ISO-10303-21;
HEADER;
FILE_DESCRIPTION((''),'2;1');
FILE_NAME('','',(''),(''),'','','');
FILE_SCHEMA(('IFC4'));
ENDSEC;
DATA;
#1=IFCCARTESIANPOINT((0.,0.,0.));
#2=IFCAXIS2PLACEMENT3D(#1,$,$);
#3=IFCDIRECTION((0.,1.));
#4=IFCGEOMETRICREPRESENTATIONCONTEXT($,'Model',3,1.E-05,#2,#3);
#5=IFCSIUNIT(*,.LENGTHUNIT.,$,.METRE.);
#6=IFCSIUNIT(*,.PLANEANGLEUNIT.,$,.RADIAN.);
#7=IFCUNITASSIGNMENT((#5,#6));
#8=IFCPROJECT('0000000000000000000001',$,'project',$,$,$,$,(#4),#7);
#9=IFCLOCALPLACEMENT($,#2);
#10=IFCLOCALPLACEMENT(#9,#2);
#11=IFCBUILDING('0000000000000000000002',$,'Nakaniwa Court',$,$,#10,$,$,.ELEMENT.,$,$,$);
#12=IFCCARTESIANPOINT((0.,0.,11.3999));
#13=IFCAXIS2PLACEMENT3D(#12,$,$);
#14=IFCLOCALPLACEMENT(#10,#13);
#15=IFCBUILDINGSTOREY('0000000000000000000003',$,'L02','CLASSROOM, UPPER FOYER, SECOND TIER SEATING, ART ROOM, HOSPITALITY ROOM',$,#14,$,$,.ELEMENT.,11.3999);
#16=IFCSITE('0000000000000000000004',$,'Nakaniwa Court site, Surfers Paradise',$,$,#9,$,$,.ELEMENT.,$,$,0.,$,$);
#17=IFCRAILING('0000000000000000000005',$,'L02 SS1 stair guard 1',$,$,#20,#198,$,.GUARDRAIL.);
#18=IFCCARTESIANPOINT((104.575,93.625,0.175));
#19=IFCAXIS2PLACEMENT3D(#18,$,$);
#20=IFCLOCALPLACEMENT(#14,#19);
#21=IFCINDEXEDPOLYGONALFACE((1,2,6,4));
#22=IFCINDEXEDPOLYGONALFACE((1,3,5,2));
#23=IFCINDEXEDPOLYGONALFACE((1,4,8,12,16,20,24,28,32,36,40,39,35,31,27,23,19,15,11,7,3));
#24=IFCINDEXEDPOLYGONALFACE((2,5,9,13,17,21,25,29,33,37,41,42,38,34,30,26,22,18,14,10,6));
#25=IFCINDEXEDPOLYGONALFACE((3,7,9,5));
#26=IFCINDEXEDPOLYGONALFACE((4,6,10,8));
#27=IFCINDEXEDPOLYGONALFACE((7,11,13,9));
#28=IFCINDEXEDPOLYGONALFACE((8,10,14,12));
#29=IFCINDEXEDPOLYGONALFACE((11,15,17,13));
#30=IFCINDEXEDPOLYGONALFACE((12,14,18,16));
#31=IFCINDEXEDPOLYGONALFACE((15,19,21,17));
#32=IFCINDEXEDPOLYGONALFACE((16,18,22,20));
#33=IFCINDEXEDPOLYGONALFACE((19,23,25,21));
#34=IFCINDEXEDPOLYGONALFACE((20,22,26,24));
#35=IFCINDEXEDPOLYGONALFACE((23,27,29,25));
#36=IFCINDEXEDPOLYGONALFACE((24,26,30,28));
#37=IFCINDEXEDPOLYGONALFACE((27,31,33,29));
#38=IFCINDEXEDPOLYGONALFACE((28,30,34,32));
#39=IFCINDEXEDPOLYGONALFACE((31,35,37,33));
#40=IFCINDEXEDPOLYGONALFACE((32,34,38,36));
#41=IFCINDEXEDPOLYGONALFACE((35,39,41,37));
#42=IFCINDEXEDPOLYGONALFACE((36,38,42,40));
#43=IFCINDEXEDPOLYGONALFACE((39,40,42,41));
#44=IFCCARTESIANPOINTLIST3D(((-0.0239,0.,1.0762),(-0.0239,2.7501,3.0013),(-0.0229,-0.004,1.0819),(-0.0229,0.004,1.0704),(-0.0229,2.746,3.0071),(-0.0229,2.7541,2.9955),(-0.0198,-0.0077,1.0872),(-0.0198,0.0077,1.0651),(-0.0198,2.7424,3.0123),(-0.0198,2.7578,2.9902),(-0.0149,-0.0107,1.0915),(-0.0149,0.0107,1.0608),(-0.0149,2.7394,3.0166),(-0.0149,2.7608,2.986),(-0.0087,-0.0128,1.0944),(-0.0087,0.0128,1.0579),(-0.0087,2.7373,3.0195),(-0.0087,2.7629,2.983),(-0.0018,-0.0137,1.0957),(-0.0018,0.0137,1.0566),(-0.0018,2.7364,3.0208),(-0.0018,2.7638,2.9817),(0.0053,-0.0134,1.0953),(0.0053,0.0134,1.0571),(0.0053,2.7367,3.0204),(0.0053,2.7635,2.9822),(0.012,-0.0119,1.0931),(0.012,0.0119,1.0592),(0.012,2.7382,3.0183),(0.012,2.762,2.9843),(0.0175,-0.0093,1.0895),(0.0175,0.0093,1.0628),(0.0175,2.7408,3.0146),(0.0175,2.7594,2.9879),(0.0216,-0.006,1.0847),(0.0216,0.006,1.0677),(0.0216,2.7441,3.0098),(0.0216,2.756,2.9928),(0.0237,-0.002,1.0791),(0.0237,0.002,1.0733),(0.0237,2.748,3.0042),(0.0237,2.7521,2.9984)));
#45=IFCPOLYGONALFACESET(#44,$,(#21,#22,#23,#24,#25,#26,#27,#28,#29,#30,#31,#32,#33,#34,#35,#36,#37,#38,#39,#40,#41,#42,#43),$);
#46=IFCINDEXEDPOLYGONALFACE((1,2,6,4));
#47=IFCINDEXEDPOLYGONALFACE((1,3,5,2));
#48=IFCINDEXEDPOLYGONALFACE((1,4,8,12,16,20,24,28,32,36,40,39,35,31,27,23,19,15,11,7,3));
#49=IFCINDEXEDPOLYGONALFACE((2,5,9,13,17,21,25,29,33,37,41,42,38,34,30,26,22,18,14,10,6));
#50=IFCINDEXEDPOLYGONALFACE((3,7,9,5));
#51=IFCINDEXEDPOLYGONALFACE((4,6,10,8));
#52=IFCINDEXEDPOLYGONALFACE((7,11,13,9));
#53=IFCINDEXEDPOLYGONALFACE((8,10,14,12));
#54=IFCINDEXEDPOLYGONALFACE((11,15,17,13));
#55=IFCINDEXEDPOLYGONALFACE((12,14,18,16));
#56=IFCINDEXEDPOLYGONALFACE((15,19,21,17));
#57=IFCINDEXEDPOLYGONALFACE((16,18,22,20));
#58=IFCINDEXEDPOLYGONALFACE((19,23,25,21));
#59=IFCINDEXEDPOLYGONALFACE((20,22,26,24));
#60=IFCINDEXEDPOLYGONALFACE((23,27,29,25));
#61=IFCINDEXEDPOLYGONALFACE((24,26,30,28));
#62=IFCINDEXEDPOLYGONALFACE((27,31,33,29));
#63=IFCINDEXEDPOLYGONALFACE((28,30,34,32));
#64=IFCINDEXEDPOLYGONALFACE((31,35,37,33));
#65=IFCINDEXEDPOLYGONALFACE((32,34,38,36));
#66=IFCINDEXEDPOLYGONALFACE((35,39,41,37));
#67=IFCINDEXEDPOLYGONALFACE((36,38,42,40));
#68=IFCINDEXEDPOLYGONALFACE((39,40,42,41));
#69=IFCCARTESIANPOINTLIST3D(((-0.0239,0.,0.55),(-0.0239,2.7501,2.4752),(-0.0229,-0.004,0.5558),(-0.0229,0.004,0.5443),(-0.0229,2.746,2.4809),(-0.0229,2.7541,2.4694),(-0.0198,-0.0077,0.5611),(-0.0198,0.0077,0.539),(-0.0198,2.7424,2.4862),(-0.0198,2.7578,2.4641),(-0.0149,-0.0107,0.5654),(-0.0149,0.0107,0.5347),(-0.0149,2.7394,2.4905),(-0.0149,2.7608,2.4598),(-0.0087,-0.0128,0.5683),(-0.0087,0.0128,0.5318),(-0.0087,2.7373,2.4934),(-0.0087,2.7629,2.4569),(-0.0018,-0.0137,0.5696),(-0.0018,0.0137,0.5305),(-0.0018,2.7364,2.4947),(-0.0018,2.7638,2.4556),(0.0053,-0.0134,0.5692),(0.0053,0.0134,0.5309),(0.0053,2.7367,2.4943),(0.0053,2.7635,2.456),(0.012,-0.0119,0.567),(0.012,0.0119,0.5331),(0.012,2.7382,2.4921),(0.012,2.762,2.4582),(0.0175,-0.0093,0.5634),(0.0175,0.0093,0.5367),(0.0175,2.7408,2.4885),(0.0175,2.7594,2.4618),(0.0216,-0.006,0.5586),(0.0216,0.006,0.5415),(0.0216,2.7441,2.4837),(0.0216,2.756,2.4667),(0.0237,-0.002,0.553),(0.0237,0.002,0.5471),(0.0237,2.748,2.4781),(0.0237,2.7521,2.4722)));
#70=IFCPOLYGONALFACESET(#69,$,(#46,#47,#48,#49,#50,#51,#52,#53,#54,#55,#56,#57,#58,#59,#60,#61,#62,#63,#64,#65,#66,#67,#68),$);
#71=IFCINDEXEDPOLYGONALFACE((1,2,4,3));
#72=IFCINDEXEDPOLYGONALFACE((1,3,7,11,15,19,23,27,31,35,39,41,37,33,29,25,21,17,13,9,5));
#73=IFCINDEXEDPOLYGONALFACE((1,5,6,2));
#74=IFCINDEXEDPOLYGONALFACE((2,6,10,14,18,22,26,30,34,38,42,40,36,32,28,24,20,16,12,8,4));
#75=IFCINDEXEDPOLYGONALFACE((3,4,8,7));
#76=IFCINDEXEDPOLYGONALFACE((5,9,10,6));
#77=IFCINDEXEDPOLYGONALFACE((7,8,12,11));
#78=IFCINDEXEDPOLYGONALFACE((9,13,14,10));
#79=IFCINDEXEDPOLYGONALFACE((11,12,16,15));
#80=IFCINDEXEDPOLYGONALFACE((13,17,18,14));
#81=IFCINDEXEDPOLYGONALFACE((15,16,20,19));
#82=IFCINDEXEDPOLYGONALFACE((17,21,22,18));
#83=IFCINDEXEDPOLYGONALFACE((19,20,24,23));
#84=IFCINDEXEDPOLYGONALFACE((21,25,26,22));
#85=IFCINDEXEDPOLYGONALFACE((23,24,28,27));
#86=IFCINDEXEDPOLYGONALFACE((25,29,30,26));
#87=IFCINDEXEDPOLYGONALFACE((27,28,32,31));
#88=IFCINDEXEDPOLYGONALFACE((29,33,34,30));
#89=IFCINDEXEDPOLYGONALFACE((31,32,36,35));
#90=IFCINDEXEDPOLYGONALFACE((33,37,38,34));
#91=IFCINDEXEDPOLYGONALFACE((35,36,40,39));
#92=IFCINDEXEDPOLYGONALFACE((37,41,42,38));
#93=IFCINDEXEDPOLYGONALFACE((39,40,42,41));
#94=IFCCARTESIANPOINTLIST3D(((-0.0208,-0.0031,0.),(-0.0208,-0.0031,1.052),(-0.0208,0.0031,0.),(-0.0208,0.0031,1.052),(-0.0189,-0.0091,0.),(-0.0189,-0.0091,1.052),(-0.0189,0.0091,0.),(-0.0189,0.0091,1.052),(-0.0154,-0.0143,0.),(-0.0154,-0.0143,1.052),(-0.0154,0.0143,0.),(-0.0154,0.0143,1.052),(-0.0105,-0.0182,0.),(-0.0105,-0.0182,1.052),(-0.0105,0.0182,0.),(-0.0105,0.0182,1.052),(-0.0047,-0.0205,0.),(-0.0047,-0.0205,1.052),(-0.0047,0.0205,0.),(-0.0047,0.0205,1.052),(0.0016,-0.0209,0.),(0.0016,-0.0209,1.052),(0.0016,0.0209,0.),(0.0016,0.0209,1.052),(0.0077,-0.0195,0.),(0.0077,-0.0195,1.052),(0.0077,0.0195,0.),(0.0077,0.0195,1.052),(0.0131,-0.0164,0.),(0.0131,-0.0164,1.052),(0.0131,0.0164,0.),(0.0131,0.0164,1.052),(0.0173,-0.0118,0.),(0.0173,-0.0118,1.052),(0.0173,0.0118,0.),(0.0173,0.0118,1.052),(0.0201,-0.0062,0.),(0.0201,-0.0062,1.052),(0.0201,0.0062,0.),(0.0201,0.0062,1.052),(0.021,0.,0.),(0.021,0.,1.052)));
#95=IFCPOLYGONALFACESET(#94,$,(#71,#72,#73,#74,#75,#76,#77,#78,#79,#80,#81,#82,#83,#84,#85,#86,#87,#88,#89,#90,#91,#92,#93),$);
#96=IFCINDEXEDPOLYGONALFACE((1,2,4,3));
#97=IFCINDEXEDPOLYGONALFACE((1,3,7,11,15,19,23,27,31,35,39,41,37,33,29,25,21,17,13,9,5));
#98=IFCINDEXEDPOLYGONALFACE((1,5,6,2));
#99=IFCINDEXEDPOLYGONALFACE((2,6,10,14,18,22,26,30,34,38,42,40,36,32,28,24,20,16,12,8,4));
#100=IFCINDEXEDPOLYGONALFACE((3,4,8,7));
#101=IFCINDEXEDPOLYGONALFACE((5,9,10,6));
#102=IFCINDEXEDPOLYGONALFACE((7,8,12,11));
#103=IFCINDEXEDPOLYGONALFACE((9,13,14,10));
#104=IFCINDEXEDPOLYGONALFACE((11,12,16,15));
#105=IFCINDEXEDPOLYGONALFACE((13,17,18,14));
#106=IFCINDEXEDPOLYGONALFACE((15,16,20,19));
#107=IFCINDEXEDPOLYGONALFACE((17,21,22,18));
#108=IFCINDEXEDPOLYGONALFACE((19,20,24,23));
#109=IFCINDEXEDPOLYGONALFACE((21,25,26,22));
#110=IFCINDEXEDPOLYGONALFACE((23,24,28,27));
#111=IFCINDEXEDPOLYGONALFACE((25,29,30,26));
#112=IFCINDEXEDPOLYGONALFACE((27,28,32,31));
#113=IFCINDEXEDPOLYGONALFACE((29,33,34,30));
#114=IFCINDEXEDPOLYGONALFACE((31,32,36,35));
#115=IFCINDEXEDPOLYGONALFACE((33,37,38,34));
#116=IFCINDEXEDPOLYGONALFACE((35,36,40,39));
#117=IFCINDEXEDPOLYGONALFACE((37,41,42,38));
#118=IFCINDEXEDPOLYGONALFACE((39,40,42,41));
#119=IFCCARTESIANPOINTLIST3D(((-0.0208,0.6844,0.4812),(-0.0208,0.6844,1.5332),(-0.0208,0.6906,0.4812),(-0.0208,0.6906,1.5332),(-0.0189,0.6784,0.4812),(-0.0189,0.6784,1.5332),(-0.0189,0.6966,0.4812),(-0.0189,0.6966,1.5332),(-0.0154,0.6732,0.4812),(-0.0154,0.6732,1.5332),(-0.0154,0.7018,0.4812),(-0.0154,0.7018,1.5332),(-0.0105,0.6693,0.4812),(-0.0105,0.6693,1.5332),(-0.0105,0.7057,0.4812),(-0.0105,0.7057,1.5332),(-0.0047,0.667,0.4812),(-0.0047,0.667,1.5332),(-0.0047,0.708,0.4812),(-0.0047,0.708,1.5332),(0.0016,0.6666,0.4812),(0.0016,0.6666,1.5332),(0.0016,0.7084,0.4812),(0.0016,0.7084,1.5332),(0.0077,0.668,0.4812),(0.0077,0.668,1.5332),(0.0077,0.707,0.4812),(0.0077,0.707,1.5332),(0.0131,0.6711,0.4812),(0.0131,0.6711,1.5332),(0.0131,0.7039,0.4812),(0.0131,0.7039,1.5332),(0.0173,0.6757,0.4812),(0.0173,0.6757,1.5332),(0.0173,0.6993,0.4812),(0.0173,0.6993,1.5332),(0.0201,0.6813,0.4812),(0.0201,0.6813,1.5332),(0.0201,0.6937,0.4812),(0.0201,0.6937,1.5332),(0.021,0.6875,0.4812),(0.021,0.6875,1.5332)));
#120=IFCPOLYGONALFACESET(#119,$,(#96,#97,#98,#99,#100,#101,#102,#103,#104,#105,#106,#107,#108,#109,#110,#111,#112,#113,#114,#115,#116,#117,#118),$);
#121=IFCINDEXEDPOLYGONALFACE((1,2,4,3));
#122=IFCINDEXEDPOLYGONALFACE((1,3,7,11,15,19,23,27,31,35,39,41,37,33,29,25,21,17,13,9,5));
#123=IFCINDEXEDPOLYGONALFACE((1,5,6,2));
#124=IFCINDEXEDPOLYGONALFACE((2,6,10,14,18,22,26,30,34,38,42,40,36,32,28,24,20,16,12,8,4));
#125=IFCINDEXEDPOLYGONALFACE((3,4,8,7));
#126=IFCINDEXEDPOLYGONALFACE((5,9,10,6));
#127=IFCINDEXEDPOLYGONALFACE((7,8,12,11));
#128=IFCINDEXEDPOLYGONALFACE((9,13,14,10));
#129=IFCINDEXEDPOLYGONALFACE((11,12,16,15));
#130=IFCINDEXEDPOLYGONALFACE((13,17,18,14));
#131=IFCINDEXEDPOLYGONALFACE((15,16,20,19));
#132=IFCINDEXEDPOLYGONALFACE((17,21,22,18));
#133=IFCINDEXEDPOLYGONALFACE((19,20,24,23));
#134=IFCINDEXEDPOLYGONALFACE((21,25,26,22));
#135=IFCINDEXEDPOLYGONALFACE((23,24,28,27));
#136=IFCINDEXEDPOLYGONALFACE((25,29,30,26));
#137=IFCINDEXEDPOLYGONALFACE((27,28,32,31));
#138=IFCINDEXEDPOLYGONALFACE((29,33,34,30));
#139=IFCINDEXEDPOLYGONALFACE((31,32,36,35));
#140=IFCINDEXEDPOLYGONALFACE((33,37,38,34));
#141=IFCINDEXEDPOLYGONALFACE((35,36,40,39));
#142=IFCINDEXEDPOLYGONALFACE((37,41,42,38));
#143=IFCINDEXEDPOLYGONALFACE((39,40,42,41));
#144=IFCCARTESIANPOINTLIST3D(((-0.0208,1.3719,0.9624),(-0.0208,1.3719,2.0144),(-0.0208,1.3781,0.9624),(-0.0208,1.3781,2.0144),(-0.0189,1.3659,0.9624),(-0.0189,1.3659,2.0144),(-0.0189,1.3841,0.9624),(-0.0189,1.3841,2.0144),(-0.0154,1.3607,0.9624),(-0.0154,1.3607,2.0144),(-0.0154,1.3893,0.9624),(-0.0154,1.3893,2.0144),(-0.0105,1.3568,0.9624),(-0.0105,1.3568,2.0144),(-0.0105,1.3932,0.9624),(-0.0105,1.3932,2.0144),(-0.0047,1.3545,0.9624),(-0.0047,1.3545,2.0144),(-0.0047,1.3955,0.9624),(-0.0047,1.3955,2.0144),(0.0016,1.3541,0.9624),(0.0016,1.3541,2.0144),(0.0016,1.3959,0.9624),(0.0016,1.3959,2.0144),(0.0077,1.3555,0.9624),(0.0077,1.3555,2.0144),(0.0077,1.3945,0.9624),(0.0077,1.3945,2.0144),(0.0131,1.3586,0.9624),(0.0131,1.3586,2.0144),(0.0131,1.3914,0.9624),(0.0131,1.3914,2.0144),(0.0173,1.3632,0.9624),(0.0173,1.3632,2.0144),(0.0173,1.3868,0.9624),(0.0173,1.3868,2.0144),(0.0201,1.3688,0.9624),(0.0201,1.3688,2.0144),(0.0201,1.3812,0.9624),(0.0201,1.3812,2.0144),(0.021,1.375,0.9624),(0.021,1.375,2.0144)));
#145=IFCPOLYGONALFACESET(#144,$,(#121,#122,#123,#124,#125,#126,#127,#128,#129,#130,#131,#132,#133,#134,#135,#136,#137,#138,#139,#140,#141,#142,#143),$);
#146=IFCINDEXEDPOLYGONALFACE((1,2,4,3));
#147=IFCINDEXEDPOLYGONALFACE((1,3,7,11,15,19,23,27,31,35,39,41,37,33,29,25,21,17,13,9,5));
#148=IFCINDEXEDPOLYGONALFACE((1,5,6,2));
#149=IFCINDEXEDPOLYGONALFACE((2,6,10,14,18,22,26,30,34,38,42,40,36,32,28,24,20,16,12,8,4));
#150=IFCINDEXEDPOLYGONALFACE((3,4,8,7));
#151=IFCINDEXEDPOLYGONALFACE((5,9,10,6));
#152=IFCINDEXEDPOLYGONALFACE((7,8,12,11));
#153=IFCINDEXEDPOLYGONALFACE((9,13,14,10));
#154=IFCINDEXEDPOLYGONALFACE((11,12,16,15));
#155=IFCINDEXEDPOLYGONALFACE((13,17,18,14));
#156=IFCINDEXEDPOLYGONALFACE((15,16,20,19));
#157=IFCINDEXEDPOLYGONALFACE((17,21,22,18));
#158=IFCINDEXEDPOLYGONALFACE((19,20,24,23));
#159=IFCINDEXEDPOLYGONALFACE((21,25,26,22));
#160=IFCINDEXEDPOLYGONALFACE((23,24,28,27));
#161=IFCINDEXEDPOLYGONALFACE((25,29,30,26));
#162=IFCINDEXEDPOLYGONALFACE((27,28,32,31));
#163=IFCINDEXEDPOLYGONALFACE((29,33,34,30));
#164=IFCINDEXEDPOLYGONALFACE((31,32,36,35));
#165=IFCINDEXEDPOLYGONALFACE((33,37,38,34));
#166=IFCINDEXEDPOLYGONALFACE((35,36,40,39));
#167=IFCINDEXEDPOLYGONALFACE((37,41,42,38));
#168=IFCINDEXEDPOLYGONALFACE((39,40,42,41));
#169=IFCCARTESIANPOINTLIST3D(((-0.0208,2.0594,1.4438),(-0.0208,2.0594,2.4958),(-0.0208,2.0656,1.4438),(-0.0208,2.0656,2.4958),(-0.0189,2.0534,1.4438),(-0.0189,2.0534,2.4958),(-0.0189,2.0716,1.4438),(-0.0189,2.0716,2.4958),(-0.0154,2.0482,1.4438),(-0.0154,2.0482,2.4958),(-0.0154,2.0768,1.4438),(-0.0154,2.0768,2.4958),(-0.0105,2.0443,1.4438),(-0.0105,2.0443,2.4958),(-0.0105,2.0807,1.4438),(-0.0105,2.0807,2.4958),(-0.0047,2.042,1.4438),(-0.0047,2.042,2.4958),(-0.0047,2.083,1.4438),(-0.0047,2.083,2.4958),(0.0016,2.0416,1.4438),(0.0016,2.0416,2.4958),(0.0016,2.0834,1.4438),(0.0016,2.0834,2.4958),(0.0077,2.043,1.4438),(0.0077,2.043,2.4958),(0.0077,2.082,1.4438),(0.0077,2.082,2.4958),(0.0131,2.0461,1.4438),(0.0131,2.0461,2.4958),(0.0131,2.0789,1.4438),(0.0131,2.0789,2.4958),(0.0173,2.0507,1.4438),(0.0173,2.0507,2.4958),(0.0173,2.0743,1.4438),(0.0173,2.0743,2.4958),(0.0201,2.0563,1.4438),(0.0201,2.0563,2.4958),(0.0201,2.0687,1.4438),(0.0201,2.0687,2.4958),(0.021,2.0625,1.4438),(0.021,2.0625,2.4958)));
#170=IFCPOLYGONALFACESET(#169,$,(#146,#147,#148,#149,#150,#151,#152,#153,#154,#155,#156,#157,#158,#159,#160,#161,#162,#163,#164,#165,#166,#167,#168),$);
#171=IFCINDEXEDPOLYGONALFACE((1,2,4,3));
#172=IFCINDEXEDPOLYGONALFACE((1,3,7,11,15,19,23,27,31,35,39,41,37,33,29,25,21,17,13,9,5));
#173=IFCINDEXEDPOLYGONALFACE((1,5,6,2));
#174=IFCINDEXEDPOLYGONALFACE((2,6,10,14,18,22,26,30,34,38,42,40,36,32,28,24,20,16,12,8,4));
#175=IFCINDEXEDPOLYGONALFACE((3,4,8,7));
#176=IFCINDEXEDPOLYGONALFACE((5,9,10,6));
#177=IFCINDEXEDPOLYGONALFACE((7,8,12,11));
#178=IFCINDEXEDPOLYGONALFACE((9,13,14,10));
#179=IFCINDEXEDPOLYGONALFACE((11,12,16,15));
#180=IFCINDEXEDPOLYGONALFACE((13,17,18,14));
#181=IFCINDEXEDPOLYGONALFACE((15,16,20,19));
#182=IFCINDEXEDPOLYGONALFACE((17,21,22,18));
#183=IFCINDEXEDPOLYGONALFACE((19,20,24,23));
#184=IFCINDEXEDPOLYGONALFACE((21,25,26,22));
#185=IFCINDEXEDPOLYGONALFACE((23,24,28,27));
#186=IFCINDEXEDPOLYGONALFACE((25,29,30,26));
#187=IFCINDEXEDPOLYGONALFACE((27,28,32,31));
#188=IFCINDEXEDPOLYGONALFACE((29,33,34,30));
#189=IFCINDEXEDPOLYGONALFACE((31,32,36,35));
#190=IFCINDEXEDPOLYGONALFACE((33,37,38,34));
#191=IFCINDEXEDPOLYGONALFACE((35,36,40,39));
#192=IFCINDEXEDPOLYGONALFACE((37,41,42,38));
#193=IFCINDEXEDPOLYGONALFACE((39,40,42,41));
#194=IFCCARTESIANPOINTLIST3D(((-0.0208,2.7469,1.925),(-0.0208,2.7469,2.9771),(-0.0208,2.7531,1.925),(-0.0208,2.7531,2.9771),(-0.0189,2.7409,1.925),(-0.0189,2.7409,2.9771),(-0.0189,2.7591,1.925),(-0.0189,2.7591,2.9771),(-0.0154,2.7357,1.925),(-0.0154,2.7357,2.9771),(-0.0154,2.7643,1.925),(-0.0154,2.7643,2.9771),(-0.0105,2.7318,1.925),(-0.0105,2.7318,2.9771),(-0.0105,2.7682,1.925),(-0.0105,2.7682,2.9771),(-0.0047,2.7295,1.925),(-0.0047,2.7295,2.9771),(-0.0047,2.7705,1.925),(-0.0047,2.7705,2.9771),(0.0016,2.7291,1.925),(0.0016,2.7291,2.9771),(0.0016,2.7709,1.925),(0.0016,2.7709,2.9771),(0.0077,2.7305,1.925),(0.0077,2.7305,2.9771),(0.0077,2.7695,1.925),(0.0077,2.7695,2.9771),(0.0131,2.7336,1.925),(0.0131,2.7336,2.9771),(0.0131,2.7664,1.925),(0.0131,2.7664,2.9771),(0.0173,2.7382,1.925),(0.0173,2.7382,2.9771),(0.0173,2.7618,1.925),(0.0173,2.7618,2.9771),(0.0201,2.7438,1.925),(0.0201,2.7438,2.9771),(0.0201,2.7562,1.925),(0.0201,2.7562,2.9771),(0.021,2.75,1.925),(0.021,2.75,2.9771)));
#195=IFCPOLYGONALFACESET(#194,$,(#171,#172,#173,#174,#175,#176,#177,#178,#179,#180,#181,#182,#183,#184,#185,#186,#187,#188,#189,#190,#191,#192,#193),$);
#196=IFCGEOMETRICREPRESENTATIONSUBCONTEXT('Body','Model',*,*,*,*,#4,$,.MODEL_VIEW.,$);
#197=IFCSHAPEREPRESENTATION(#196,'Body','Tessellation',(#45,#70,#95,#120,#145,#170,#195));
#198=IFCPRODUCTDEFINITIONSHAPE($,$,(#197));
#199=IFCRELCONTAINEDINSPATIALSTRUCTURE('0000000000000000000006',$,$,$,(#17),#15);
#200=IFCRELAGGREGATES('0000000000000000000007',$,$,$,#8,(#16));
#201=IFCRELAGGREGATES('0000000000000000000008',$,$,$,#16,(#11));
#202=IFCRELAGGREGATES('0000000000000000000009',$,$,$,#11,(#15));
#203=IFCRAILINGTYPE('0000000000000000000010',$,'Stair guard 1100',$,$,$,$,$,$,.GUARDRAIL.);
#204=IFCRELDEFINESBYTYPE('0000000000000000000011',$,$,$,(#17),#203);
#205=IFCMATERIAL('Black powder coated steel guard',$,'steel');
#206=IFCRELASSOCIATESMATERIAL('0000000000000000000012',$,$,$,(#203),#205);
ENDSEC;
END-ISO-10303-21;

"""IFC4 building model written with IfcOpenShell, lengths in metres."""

from ifc_helpers import new_model, si_unit, direction, frame, origin, origin_2d, place, context, subcontext, project, spatial, circle, extrude, material, type_object, element, save


model = new_model("IFC4")

# Units and contexts
model_context = context("Model", 3, precision=1e-05, world=origin(), true_north=direction((0.0, 1.0)))
body_context = subcontext(model_context, "Body", "Model", "MODEL_VIEW")
ifc_project = project(units=[si_unit("LENGTHUNIT", "METRE"), si_unit("PLANEANGLEUNIT", "RADIAN")], contexts=[model_context])

# Site, building, storey
site_placement = place(None, origin())
site = spatial("IfcSite", under=ifc_project, at=site_placement, Name="Nakaniwa Court site, Surfers Paradise", CompositionType="ELEMENT", RefElevation=0.0)
building_placement = place(site_placement, origin())
building = spatial("IfcBuilding", under=site, at=building_placement, Name="Nakaniwa Court", CompositionType="ELEMENT")
storey_placement = place(building_placement, frame((0.0, 0.0, 11.3999)))
storey = spatial("IfcBuildingStorey", under=building, at=storey_placement, Name="L02", Description="CLASSROOM, UPPER FOYER, SECOND TIER SEATING, ART ROOM, HOSPITALITY ROOM", CompositionType="ELEMENT", Elevation=11.3999)

# Railing
ifc_material_1 = material(Name="Black powder coated steel guard", Category="steel")
railing_type = type_object("IfcRailingType", Name="Stair guard 1100", PredefinedType="GUARDRAIL", material=ifc_material_1)
railing_1_placement = place(storey_placement, frame((104.575, 93.625, 0.175)))
element("IfcRailing", 1, at=railing_1_placement, inside=storey, type_object=railing_type, Name="L02 SS1 stair guard 1", PredefinedType="GUARDRAIL", context=body_context, shape_type="SweptSolid", body=[
    extrude(circle(Radius=0.0239, at=origin_2d()), frame((0.0, 0.0, 1.0762), z_axis=(0.0, 0.819225, 0.573472), x_axis=(-1.0, 0.0, 0.0)), (0.0, 0.0, 1.0), 3.3569),
    extrude(circle(Radius=0.0239, at=origin_2d()), frame((0.0, 0.0, 0.55), z_axis=(0.0, 0.819225, 0.573472), x_axis=(-1.0, 0.0, 0.0)), (0.0, 0.0, 1.0), 3.3569),
    extrude(circle(Radius=0.021, at=origin_2d()), origin(), (0.0, 0.0, 1.0), 1.052),
    extrude(circle(Radius=0.021, at=origin_2d()), frame((0.0, 0.6875, 0.4812)), (0.0, 0.0, 1.0), 1.052),
    extrude(circle(Radius=0.021, at=origin_2d()), frame((0.0, 1.375, 0.9624)), (0.0, 0.0, 1.0), 1.052),
    extrude(circle(Radius=0.021, at=origin_2d()), frame((0.0, 2.0625, 1.4438)), (0.0, 0.0, 1.0), 1.052),
    extrude(circle(Radius=0.021, at=origin_2d()), frame((0.0, 2.75, 1.925)), (0.0, 0.0, 1.0), 1.052),
])

save(model, "model.ifc")
